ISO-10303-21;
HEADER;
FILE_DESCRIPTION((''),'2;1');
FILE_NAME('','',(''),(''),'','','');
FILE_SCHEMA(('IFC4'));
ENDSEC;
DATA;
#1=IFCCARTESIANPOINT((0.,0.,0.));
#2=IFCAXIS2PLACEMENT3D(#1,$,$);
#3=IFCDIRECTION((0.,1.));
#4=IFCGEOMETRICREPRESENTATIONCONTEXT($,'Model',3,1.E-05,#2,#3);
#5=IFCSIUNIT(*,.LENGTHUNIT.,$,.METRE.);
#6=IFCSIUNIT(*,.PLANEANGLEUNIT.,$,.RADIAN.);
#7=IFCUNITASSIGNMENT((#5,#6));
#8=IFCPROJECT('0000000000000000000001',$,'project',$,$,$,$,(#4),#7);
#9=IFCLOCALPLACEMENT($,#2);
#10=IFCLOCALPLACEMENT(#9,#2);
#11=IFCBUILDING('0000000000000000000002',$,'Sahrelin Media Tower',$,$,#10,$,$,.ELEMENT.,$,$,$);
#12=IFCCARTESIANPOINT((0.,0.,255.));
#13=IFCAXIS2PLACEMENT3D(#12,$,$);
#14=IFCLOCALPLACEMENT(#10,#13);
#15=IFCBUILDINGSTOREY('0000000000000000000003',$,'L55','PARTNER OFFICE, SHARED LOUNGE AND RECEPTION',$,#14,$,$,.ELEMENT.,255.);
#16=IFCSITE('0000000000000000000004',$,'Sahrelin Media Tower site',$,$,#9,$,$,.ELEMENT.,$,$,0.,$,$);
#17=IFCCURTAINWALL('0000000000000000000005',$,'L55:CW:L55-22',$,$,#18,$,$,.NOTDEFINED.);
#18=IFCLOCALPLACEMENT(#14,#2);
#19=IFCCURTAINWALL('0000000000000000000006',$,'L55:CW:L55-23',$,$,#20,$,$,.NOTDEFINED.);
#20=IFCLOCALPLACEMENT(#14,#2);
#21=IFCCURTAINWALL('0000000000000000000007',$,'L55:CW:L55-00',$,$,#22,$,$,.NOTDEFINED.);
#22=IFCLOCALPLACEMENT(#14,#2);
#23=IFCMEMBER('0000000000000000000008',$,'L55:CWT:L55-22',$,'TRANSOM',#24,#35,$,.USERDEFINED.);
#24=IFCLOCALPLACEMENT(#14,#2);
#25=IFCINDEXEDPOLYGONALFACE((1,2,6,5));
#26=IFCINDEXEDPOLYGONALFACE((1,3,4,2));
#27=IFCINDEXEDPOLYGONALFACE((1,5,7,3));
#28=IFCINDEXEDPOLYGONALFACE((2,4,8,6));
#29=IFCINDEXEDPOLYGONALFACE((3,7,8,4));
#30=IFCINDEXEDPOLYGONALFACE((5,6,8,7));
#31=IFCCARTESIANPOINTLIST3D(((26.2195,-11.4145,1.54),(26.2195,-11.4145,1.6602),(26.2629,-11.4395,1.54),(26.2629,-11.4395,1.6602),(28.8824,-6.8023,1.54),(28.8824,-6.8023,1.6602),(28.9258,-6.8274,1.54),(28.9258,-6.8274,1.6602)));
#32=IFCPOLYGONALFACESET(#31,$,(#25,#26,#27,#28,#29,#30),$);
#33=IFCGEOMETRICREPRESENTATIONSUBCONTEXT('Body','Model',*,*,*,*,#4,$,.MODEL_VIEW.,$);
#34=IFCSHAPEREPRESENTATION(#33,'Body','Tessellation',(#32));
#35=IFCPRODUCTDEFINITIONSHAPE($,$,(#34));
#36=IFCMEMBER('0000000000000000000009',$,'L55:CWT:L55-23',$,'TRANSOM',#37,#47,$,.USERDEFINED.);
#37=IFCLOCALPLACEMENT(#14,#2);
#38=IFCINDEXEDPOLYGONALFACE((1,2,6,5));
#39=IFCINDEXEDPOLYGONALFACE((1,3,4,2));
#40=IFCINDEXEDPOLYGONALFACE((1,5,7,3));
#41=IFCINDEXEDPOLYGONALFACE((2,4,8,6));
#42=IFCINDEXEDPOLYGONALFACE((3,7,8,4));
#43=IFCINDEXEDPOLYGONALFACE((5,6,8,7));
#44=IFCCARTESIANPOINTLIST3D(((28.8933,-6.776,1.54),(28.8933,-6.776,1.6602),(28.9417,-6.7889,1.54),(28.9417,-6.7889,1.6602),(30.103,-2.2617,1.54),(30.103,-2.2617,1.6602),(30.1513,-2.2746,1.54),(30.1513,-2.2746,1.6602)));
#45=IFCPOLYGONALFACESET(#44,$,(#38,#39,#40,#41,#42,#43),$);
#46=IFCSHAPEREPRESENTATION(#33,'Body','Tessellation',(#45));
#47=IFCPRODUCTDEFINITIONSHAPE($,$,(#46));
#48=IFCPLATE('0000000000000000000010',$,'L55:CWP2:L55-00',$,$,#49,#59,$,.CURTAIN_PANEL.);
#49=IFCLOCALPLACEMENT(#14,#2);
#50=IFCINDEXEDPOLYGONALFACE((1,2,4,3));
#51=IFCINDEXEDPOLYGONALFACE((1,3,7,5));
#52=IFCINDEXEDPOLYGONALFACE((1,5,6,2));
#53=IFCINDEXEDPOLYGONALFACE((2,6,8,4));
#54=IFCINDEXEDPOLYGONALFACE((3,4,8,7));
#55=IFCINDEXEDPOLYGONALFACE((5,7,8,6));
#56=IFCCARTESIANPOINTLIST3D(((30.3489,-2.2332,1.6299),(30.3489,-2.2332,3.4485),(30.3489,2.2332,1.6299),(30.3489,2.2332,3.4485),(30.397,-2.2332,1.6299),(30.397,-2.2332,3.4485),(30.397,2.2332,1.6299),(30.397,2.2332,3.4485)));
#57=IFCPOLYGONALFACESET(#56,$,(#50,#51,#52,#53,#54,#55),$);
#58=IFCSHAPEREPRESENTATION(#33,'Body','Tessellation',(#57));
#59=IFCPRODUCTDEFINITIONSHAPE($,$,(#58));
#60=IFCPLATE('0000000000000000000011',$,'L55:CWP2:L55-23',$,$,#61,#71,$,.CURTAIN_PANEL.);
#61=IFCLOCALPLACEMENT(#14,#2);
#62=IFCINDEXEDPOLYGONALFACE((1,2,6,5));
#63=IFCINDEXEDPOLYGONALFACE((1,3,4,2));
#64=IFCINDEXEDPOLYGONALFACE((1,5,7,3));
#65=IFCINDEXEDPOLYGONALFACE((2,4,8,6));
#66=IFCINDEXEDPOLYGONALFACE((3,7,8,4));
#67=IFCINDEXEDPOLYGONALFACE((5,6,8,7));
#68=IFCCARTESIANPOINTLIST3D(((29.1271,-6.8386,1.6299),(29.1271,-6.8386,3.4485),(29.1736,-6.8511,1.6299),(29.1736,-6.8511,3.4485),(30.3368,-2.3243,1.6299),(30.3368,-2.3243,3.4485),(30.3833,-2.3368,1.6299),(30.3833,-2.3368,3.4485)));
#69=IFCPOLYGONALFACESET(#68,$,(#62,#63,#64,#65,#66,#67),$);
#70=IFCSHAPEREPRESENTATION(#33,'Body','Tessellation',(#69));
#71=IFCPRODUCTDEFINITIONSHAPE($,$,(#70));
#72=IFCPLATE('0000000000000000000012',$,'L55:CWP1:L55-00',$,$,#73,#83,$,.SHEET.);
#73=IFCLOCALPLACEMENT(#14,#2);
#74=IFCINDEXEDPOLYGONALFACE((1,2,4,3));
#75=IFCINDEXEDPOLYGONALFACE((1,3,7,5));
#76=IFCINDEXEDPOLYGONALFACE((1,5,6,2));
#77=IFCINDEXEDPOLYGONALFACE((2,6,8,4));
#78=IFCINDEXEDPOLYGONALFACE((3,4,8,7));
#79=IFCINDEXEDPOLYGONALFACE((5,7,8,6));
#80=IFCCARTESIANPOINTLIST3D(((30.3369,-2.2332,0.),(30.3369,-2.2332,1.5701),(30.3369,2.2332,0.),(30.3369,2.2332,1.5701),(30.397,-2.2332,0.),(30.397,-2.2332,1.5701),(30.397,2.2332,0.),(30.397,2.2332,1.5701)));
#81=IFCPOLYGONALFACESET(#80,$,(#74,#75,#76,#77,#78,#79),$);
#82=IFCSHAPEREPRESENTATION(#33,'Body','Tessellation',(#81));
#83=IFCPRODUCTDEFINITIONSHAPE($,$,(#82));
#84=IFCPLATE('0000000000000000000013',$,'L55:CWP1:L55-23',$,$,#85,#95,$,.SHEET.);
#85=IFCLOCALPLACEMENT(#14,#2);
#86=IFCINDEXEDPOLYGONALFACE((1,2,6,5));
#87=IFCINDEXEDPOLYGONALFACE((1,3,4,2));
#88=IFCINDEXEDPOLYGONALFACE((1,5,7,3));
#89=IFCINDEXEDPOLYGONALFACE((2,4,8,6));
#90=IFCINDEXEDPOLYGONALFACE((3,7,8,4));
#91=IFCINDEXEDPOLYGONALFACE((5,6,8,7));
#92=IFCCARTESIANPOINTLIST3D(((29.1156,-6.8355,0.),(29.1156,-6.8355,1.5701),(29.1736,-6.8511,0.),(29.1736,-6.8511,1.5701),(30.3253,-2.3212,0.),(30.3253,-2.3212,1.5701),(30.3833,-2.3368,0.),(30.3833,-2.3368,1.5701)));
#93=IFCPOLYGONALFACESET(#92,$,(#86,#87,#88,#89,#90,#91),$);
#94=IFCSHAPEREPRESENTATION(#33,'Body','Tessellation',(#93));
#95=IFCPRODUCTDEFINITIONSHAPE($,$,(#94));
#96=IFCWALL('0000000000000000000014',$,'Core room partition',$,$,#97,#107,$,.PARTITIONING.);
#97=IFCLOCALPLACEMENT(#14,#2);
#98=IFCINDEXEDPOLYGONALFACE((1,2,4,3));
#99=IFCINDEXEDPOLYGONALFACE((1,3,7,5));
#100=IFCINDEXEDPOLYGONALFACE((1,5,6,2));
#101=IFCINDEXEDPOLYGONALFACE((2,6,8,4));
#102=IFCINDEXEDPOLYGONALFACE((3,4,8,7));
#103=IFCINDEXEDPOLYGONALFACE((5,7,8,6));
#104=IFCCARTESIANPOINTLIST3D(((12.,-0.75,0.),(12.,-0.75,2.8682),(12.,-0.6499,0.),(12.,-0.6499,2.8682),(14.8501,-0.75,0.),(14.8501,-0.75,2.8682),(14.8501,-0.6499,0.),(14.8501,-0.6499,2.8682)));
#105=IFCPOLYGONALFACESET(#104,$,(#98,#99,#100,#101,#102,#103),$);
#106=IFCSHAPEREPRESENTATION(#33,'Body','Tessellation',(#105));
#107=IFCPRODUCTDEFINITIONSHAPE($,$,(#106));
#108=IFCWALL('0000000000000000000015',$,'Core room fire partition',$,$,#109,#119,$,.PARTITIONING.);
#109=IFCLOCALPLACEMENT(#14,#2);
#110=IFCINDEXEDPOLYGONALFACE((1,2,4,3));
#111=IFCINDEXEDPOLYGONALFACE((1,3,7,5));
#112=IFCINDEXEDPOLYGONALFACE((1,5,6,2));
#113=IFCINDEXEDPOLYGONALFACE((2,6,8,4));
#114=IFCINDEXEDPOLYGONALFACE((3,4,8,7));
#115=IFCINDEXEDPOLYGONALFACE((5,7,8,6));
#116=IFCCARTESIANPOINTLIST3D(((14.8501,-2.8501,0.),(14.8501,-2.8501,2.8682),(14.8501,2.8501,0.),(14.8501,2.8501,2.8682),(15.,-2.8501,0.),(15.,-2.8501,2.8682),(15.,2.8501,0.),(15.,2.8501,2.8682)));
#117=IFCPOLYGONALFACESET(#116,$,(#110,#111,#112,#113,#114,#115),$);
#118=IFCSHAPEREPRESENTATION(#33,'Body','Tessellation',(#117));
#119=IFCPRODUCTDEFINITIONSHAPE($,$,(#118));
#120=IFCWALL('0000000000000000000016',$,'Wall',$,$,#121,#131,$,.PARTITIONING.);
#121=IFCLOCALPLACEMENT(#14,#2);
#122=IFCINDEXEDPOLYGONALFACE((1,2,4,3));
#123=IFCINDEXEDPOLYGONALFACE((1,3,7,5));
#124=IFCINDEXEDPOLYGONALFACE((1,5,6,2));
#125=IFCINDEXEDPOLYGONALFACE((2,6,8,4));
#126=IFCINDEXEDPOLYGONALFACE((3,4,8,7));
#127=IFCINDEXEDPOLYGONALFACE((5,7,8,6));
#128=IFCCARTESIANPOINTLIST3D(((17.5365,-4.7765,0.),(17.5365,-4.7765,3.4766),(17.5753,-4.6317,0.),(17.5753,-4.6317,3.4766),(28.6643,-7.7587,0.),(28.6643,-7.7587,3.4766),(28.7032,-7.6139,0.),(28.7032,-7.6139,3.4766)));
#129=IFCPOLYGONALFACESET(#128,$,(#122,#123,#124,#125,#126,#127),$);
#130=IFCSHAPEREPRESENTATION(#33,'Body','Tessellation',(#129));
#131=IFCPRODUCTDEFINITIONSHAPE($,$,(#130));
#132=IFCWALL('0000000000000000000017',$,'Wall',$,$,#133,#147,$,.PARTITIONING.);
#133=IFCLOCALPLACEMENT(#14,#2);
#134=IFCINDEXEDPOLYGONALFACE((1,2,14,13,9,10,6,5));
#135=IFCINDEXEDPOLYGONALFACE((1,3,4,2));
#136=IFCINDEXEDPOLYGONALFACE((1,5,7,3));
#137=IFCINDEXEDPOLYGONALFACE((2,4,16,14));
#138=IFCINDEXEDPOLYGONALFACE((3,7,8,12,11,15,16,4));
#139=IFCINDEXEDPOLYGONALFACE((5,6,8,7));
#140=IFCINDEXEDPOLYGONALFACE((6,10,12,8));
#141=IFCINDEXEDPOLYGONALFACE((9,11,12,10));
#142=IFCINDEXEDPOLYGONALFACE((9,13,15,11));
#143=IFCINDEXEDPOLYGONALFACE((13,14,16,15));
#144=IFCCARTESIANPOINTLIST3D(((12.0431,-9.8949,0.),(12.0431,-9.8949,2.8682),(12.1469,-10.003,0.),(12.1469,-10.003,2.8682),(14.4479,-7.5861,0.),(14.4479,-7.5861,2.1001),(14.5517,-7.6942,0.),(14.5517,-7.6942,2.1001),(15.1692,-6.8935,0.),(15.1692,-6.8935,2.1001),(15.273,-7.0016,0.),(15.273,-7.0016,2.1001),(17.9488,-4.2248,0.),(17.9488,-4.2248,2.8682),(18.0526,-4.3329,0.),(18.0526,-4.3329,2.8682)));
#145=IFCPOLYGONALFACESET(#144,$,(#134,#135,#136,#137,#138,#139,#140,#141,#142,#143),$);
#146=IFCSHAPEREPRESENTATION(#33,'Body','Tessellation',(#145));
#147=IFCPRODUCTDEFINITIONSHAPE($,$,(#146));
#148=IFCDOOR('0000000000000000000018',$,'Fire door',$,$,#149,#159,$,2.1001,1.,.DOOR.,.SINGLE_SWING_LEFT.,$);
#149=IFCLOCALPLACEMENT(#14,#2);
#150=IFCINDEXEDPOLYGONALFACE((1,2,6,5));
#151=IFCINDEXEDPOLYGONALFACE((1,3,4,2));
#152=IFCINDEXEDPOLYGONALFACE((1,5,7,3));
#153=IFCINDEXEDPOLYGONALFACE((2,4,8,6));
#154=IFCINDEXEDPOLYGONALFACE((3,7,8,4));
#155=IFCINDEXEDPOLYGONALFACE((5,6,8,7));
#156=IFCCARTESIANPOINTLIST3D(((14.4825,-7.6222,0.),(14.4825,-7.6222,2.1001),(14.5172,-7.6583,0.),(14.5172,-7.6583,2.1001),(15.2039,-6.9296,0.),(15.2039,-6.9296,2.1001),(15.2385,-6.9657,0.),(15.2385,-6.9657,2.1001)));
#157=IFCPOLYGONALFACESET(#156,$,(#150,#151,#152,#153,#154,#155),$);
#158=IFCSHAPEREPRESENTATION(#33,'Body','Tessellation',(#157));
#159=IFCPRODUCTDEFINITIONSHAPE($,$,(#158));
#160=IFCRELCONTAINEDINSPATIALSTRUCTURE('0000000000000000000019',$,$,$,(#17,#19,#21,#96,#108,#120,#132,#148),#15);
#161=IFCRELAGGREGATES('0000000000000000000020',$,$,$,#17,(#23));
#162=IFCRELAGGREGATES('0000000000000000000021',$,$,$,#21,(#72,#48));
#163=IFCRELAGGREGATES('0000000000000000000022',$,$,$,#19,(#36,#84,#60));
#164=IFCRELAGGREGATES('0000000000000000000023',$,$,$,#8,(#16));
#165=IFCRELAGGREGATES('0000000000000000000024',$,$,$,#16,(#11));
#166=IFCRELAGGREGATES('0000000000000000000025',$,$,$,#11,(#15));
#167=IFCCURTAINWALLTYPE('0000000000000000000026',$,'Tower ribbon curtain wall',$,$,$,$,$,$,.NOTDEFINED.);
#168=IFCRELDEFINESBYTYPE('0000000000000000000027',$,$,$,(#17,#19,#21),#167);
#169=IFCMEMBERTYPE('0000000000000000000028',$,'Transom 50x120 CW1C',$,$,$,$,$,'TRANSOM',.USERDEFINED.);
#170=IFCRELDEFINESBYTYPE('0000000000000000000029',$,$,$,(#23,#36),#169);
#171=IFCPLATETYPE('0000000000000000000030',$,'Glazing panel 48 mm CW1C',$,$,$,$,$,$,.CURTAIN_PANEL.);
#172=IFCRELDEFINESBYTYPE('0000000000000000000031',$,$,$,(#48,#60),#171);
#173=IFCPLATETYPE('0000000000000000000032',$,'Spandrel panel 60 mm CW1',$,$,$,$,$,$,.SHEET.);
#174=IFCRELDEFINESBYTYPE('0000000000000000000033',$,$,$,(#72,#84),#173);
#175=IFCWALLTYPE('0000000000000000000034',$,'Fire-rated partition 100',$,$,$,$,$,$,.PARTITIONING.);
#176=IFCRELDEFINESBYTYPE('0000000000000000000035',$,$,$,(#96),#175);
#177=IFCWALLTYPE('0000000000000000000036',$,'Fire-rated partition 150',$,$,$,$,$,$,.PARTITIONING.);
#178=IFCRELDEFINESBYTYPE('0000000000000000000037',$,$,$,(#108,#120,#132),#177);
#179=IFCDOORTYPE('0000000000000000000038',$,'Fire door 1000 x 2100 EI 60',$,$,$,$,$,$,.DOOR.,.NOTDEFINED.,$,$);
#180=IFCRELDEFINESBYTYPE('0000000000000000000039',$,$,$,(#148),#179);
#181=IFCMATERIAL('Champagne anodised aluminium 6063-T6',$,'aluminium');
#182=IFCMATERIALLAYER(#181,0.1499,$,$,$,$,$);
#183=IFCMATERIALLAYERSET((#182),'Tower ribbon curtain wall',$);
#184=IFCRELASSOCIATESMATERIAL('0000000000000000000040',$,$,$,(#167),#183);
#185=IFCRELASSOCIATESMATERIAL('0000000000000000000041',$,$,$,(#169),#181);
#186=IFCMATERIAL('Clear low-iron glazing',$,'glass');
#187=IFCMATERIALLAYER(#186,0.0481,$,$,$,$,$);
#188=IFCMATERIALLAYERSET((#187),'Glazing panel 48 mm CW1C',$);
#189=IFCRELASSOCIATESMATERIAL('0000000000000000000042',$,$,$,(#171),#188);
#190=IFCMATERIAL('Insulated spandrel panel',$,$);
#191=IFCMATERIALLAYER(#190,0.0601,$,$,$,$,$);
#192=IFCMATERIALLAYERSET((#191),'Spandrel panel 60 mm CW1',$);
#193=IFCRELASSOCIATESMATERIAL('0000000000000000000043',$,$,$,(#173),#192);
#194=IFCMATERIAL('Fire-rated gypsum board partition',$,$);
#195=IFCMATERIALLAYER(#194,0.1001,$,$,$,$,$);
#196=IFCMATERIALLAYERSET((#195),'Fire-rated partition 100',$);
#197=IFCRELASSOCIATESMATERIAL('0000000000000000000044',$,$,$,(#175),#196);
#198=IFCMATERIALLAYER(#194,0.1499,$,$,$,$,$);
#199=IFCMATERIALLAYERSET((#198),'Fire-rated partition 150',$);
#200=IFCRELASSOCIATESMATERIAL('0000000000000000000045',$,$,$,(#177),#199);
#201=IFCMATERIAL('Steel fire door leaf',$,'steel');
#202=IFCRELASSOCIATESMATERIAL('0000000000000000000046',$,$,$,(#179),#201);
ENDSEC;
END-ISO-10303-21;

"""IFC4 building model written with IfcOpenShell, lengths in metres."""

from ifc_helpers import new_model, si_unit, direction, frame, frame_2d, origin, origin_2d, place, context, subcontext, project, spatial, polyline, rectangle, outline, extrude, material, layer, layer_set, material_profile, profile_set, type_object, element, fill, aggregate, save


model = new_model("IFC4")

# Units and contexts
model_context = context("Model", 3, precision=1e-05, world=origin(), true_north=direction((0.0, 1.0)))
body_context = subcontext(model_context, "Body", "Model", "MODEL_VIEW")
ifc_project = project(units=[si_unit("LENGTHUNIT", "METRE"), si_unit("PLANEANGLEUNIT", "RADIAN")], contexts=[model_context])

# Site, building, storey
site_placement = place(None, origin())
site = spatial("IfcSite", under=ifc_project, at=site_placement, Name="Sahrelin Media Tower site", CompositionType="ELEMENT", RefElevation=0.0)
building_placement = place(site_placement, origin())
building = spatial("IfcBuilding", under=site, at=building_placement, Name="Sahrelin Media Tower", CompositionType="ELEMENT")
storey_placement = place(building_placement, frame((0.0, 0.0, 255.0)))
storey = spatial("IfcBuildingStorey", under=building, at=storey_placement, Name="L55", Description="PARTNER OFFICE, SHARED LOUNGE AND RECEPTION", CompositionType="ELEMENT", Elevation=255.0)

# Curtain walls
ifc_material_1 = material(Name="Champagne anodised aluminium 6063-T6", Category="aluminium")
ifc_layer_1 = layer(ifc_material_1, 0.1499)
ifc_layer_set_1 = layer_set([ifc_layer_1], Name="Tower ribbon curtain wall")
curtain_wall_type = type_object("IfcCurtainWallType", Name="Tower ribbon curtain wall", PredefinedType="NOTDEFINED", material=ifc_layer_set_1)
curtain_wall_1_placement = place(storey_placement, frame((27.7849, -9.2434, 0.0), z_axis=(0.0, 0.0, 1.0), x_axis=(1.0, 0.0, 0.0)))
curtain_wall_1 = element("IfcCurtainWall", 1, at=curtain_wall_1_placement, inside=storey, type_object=curtain_wall_type, Name="L55:CW:L55-22", PredefinedType="NOTDEFINED")
curtain_wall_2_placement = place(storey_placement, frame((29.759, -4.5886, 0.0), z_axis=(0.0, 0.0, 1.0), x_axis=(1.0, 0.0, 0.0)))
curtain_wall_2 = element("IfcCurtainWall", 2, at=curtain_wall_2_placement, inside=storey, type_object=curtain_wall_type, Name="L55:CW:L55-23", PredefinedType="NOTDEFINED")

# Curtain wall
curtain_wall_3_placement = place(storey_placement, frame((30.377, 0.0, 0.0), z_axis=(0.0, 0.0, 1.0), x_axis=(1.0, 0.0, 0.0)))
curtain_wall_3 = element("IfcCurtainWall", 3, at=curtain_wall_3_placement, inside=storey, type_object=curtain_wall_type, Name="L55:CW:L55-00", PredefinedType="NOTDEFINED")
ifc_material_profile_1 = material_profile(ifc_material_1, rectangle(XDim=0.05, YDim=0.1201, at=origin_2d()), Name="Transom 50x120")
ifc_profile_set_1 = profile_set([ifc_material_profile_1], Name="Champagne anodised aluminium 6063-T6")
member_type_1 = type_object("IfcMemberType", Name="Transom 50x120 CW1C", ElementType="TRANSOM", PredefinedType="USERDEFINED", material=ifc_profile_set_1)

# Members
member_1_placement = place(storey_placement, frame((26.2412, -11.427, 1.6001), z_axis=(0.500009, 0.86602, 0.0), x_axis=(-0.86602, 0.500009, 0.0)))
member_1 = element("IfcMember", 4, at=member_1_placement, type_object=member_type_1, Name="L55:CWT:L55-22", ObjectType="TRANSOM", PredefinedType="USERDEFINED", context=body_context, shape_type="SweptSolid", body=[
    extrude(rectangle(XDim=0.05, YDim=0.1201, at=origin_2d()), origin(), (0.0, 0.0, 1.0), 5.3257),
])
aggregate(curtain_wall_1, [member_1])
member_2_placement = place(storey_placement, frame((28.9175, -6.7825, 1.6001), z_axis=(0.258836, 0.965921, 0.0), x_axis=(-0.965921, 0.258836, 0.0)))
member_2 = element("IfcMember", 5, at=member_2_placement, type_object=member_type_1, Name="L55:CWT:L55-23", ObjectType="TRANSOM", PredefinedType="USERDEFINED", context=body_context, shape_type="SweptSolid", body=[
    extrude(rectangle(XDim=0.05, YDim=0.1201, at=origin_2d()), origin(), (0.0, 0.0, 1.0), 4.6736),
])

# Plates
ifc_material_2 = material(Name="Clear low-iron glazing", Category="glass")
ifc_layer_2 = layer(ifc_material_2, 0.0481)
ifc_layer_set_2 = layer_set([ifc_layer_2], Name="Glazing panel 48 mm CW1C")
plate_type_1 = type_object("IfcPlateType", Name="Glazing panel 48 mm CW1C", PredefinedType="CURTAIN_PANEL", material=ifc_layer_set_2)
plate_1_placement = place(storey_placement, frame((30.397, -2.2332, 1.6299), z_axis=(1.0, 0.0, 0.0), x_axis=(0.0, 1.0, 0.0)))
plate_1 = element("IfcPlate", 6, at=plate_1_placement, type_object=plate_type_1, Name="L55:CWP2:L55-00", PredefinedType="CURTAIN_PANEL", context=body_context, shape_type="SweptSolid", body=[
    extrude(outline(polyline([(0.0, 0.0), (4.4663, 0.0), (4.4663, 1.8186), (0.0, 1.8186), (0.0, 0.0)])), origin(), (0.0, 0.0, -1.0), 0.0481),
])
plate_2_placement = place(storey_placement, frame((29.1736, -6.8511, 1.6299), z_axis=(0.965921, -0.258836, 0.0), x_axis=(0.258836, 0.965921, 0.0)))
plate_2 = element("IfcPlate", 7, at=plate_2_placement, type_object=plate_type_1, Name="L55:CWP2:L55-23", PredefinedType="CURTAIN_PANEL", context=body_context, shape_type="SweptSolid", body=[
    extrude(outline(polyline([(0.0, 0.0), (4.6736, 0.0), (4.6736, 1.8186), (0.0, 1.8186), (0.0, 0.0)])), origin(), (0.0, 0.0, -1.0), 0.0481),
])
ifc_material_3 = material(Name="Insulated spandrel panel")
ifc_layer_3 = layer(ifc_material_3, 0.0601)
ifc_layer_set_3 = layer_set([ifc_layer_3], Name="Spandrel panel 60 mm CW1")
plate_type_2 = type_object("IfcPlateType", Name="Spandrel panel 60 mm CW1", PredefinedType="SHEET", material=ifc_layer_set_3)
plate_3_placement = place(storey_placement, frame((30.397, -2.2332, 0.0), z_axis=(1.0, 0.0, 0.0), x_axis=(0.0, 1.0, 0.0)))
plate_3 = element("IfcPlate", 8, at=plate_3_placement, type_object=plate_type_2, Name="L55:CWP1:L55-00", PredefinedType="SHEET", context=body_context, shape_type="SweptSolid", body=[
    extrude(outline(polyline([(0.0, 0.0), (4.4663, 0.0), (4.4663, 1.5701), (0.0, 1.5701), (0.0, 0.0)])), origin(), (0.0, 0.0, -1.0), 0.0601),
])
aggregate(curtain_wall_3, [plate_3, plate_1])
plate_4_placement = place(storey_placement, frame((29.1736, -6.8511, 0.0), z_axis=(0.965921, -0.258836, 0.0), x_axis=(0.258836, 0.965921, 0.0)))
plate_4 = element("IfcPlate", 9, at=plate_4_placement, type_object=plate_type_2, Name="L55:CWP1:L55-23", PredefinedType="SHEET", context=body_context, shape_type="SweptSolid", body=[
    extrude(outline(polyline([(0.0, 0.0), (4.6736, 0.0), (4.6736, 1.5701), (0.0, 1.5701), (0.0, 0.0)])), origin(), (0.0, 0.0, -1.0), 0.0601),
])
aggregate(curtain_wall_2, [member_2, plate_4, plate_2])

# Walls
ifc_material_4 = material(Name="Fire-rated gypsum board partition")
ifc_layer_4 = layer(ifc_material_4, 0.1001)
ifc_layer_set_4 = layer_set([ifc_layer_4], Name="Fire-rated partition 100")
wall_type_1 = type_object("IfcWallType", Name="Fire-rated partition 100", PredefinedType="PARTITIONING", material=ifc_layer_set_4)
wall_1_placement = place(storey_placement, frame((12.0, -0.7, 0.0), z_axis=(0.0, 0.0, 1.0), x_axis=(1.0, 0.0, 0.0)))
element("IfcWall", 10, at=wall_1_placement, inside=storey, type_object=wall_type_1, Name="Core room partition", PredefinedType="PARTITIONING", context=body_context, shape_type="SweptSolid", body=[
    extrude(rectangle(XDim=2.8501, YDim=0.1001, at=frame_2d((1.425, 0.0))), origin(), (0.0, 0.0, 1.0), 2.8682),
])
ifc_layer_5 = layer(ifc_material_4, 0.1499)
ifc_layer_set_5 = layer_set([ifc_layer_5], Name="Fire-rated partition 150")
wall_type_2 = type_object("IfcWallType", Name="Fire-rated partition 150", PredefinedType="PARTITIONING", material=ifc_layer_set_5)
wall_2_placement = place(storey_placement, frame((14.925, -2.8501, 0.0), z_axis=(0.0, 0.0, 1.0), x_axis=(0.0, 1.0, 0.0)))
element("IfcWall", 11, at=wall_2_placement, inside=storey, type_object=wall_type_2, Name="Core room fire partition", PredefinedType="PARTITIONING", context=body_context, shape_type="SweptSolid", body=[
    extrude(rectangle(XDim=5.7002, YDim=0.1499, at=frame_2d((2.8501, 0.0))), origin(), (0.0, 0.0, 1.0), 2.8682),
])
wall_3_placement = place(storey_placement, frame((17.5559, -4.7041, 0.0), z_axis=(0.0, 0.0, 1.0), x_axis=(0.965916, -0.258856, 0.0)))
element("IfcWall", 12, at=wall_3_placement, inside=storey, type_object=wall_type_2, Name="Wall", PredefinedType="PARTITIONING", context=body_context, shape_type="SweptSolid", body=[
    extrude(rectangle(XDim=11.5205, YDim=0.1499, at=frame_2d((5.7603, 0.0))), origin(), (0.0, 0.0, 1.0), 3.4766),
])

# Wall, opening, door
wall_4_placement = place(storey_placement, frame((12.095, -9.949, 0.0), z_axis=(0.0, 0.0, 1.0), x_axis=(0.721349, 0.692572, 0.0)))
wall_4 = element("IfcWall", 13, at=wall_4_placement, inside=storey, type_object=wall_type_2, Name="Wall", PredefinedType="PARTITIONING", context=body_context, shape_type="SweptSolid", body=[
    extrude(rectangle(XDim=8.187, YDim=0.1499, at=frame_2d((4.0935, 0.0))), origin(), (0.0, 0.0, 1.0), 2.8682),
])
opening_1_placement = place(wall_4_placement, frame((3.3337, 0.0, 0.0)))
opening_1 = element("IfcOpeningElement", 14, at=opening_1_placement, cuts=wall_4, PredefinedType="OPENING", context=body_context, shape_type="SweptSolid", body=[
    extrude(rectangle(XDim=1.0, YDim=2.1001, at=frame_2d((0.5, 1.05))), frame((0.0, 0.075, 0.0), z_axis=(0.0, -1.0, 0.0), x_axis=(1.0, 0.0, 0.0)), (0.0, 0.0, 1.0), 0.1499),
])
ifc_material_5 = material(Name="Steel fire door leaf", Category="steel")
door_type = type_object("IfcDoorType", Name="Fire door 1000 x 2100 EI 60", OperationType="NOTDEFINED", PredefinedType="DOOR", material=ifc_material_5)
door_1_placement = place(opening_1_placement, origin())
door_1 = element("IfcDoor", 15, at=door_1_placement, inside=storey, type_object=door_type, Name="Fire door", OperationType="SINGLE_SWING_LEFT", OverallHeight=2.1001, OverallWidth=1.0, PredefinedType="DOOR", context=body_context, shape_type="SweptSolid", body=[
    extrude(rectangle(XDim=1.0, YDim=2.1001, at=frame_2d((0.5, 1.05))), frame((0.0, 0.0249, 0.0), z_axis=(0.0, -1.0, 0.0), x_axis=(1.0, 0.0, 0.0)), (0.0, 0.0, 1.0), 0.05),
])
fill(opening_1, door_1)

save(model, "model.ifc")
